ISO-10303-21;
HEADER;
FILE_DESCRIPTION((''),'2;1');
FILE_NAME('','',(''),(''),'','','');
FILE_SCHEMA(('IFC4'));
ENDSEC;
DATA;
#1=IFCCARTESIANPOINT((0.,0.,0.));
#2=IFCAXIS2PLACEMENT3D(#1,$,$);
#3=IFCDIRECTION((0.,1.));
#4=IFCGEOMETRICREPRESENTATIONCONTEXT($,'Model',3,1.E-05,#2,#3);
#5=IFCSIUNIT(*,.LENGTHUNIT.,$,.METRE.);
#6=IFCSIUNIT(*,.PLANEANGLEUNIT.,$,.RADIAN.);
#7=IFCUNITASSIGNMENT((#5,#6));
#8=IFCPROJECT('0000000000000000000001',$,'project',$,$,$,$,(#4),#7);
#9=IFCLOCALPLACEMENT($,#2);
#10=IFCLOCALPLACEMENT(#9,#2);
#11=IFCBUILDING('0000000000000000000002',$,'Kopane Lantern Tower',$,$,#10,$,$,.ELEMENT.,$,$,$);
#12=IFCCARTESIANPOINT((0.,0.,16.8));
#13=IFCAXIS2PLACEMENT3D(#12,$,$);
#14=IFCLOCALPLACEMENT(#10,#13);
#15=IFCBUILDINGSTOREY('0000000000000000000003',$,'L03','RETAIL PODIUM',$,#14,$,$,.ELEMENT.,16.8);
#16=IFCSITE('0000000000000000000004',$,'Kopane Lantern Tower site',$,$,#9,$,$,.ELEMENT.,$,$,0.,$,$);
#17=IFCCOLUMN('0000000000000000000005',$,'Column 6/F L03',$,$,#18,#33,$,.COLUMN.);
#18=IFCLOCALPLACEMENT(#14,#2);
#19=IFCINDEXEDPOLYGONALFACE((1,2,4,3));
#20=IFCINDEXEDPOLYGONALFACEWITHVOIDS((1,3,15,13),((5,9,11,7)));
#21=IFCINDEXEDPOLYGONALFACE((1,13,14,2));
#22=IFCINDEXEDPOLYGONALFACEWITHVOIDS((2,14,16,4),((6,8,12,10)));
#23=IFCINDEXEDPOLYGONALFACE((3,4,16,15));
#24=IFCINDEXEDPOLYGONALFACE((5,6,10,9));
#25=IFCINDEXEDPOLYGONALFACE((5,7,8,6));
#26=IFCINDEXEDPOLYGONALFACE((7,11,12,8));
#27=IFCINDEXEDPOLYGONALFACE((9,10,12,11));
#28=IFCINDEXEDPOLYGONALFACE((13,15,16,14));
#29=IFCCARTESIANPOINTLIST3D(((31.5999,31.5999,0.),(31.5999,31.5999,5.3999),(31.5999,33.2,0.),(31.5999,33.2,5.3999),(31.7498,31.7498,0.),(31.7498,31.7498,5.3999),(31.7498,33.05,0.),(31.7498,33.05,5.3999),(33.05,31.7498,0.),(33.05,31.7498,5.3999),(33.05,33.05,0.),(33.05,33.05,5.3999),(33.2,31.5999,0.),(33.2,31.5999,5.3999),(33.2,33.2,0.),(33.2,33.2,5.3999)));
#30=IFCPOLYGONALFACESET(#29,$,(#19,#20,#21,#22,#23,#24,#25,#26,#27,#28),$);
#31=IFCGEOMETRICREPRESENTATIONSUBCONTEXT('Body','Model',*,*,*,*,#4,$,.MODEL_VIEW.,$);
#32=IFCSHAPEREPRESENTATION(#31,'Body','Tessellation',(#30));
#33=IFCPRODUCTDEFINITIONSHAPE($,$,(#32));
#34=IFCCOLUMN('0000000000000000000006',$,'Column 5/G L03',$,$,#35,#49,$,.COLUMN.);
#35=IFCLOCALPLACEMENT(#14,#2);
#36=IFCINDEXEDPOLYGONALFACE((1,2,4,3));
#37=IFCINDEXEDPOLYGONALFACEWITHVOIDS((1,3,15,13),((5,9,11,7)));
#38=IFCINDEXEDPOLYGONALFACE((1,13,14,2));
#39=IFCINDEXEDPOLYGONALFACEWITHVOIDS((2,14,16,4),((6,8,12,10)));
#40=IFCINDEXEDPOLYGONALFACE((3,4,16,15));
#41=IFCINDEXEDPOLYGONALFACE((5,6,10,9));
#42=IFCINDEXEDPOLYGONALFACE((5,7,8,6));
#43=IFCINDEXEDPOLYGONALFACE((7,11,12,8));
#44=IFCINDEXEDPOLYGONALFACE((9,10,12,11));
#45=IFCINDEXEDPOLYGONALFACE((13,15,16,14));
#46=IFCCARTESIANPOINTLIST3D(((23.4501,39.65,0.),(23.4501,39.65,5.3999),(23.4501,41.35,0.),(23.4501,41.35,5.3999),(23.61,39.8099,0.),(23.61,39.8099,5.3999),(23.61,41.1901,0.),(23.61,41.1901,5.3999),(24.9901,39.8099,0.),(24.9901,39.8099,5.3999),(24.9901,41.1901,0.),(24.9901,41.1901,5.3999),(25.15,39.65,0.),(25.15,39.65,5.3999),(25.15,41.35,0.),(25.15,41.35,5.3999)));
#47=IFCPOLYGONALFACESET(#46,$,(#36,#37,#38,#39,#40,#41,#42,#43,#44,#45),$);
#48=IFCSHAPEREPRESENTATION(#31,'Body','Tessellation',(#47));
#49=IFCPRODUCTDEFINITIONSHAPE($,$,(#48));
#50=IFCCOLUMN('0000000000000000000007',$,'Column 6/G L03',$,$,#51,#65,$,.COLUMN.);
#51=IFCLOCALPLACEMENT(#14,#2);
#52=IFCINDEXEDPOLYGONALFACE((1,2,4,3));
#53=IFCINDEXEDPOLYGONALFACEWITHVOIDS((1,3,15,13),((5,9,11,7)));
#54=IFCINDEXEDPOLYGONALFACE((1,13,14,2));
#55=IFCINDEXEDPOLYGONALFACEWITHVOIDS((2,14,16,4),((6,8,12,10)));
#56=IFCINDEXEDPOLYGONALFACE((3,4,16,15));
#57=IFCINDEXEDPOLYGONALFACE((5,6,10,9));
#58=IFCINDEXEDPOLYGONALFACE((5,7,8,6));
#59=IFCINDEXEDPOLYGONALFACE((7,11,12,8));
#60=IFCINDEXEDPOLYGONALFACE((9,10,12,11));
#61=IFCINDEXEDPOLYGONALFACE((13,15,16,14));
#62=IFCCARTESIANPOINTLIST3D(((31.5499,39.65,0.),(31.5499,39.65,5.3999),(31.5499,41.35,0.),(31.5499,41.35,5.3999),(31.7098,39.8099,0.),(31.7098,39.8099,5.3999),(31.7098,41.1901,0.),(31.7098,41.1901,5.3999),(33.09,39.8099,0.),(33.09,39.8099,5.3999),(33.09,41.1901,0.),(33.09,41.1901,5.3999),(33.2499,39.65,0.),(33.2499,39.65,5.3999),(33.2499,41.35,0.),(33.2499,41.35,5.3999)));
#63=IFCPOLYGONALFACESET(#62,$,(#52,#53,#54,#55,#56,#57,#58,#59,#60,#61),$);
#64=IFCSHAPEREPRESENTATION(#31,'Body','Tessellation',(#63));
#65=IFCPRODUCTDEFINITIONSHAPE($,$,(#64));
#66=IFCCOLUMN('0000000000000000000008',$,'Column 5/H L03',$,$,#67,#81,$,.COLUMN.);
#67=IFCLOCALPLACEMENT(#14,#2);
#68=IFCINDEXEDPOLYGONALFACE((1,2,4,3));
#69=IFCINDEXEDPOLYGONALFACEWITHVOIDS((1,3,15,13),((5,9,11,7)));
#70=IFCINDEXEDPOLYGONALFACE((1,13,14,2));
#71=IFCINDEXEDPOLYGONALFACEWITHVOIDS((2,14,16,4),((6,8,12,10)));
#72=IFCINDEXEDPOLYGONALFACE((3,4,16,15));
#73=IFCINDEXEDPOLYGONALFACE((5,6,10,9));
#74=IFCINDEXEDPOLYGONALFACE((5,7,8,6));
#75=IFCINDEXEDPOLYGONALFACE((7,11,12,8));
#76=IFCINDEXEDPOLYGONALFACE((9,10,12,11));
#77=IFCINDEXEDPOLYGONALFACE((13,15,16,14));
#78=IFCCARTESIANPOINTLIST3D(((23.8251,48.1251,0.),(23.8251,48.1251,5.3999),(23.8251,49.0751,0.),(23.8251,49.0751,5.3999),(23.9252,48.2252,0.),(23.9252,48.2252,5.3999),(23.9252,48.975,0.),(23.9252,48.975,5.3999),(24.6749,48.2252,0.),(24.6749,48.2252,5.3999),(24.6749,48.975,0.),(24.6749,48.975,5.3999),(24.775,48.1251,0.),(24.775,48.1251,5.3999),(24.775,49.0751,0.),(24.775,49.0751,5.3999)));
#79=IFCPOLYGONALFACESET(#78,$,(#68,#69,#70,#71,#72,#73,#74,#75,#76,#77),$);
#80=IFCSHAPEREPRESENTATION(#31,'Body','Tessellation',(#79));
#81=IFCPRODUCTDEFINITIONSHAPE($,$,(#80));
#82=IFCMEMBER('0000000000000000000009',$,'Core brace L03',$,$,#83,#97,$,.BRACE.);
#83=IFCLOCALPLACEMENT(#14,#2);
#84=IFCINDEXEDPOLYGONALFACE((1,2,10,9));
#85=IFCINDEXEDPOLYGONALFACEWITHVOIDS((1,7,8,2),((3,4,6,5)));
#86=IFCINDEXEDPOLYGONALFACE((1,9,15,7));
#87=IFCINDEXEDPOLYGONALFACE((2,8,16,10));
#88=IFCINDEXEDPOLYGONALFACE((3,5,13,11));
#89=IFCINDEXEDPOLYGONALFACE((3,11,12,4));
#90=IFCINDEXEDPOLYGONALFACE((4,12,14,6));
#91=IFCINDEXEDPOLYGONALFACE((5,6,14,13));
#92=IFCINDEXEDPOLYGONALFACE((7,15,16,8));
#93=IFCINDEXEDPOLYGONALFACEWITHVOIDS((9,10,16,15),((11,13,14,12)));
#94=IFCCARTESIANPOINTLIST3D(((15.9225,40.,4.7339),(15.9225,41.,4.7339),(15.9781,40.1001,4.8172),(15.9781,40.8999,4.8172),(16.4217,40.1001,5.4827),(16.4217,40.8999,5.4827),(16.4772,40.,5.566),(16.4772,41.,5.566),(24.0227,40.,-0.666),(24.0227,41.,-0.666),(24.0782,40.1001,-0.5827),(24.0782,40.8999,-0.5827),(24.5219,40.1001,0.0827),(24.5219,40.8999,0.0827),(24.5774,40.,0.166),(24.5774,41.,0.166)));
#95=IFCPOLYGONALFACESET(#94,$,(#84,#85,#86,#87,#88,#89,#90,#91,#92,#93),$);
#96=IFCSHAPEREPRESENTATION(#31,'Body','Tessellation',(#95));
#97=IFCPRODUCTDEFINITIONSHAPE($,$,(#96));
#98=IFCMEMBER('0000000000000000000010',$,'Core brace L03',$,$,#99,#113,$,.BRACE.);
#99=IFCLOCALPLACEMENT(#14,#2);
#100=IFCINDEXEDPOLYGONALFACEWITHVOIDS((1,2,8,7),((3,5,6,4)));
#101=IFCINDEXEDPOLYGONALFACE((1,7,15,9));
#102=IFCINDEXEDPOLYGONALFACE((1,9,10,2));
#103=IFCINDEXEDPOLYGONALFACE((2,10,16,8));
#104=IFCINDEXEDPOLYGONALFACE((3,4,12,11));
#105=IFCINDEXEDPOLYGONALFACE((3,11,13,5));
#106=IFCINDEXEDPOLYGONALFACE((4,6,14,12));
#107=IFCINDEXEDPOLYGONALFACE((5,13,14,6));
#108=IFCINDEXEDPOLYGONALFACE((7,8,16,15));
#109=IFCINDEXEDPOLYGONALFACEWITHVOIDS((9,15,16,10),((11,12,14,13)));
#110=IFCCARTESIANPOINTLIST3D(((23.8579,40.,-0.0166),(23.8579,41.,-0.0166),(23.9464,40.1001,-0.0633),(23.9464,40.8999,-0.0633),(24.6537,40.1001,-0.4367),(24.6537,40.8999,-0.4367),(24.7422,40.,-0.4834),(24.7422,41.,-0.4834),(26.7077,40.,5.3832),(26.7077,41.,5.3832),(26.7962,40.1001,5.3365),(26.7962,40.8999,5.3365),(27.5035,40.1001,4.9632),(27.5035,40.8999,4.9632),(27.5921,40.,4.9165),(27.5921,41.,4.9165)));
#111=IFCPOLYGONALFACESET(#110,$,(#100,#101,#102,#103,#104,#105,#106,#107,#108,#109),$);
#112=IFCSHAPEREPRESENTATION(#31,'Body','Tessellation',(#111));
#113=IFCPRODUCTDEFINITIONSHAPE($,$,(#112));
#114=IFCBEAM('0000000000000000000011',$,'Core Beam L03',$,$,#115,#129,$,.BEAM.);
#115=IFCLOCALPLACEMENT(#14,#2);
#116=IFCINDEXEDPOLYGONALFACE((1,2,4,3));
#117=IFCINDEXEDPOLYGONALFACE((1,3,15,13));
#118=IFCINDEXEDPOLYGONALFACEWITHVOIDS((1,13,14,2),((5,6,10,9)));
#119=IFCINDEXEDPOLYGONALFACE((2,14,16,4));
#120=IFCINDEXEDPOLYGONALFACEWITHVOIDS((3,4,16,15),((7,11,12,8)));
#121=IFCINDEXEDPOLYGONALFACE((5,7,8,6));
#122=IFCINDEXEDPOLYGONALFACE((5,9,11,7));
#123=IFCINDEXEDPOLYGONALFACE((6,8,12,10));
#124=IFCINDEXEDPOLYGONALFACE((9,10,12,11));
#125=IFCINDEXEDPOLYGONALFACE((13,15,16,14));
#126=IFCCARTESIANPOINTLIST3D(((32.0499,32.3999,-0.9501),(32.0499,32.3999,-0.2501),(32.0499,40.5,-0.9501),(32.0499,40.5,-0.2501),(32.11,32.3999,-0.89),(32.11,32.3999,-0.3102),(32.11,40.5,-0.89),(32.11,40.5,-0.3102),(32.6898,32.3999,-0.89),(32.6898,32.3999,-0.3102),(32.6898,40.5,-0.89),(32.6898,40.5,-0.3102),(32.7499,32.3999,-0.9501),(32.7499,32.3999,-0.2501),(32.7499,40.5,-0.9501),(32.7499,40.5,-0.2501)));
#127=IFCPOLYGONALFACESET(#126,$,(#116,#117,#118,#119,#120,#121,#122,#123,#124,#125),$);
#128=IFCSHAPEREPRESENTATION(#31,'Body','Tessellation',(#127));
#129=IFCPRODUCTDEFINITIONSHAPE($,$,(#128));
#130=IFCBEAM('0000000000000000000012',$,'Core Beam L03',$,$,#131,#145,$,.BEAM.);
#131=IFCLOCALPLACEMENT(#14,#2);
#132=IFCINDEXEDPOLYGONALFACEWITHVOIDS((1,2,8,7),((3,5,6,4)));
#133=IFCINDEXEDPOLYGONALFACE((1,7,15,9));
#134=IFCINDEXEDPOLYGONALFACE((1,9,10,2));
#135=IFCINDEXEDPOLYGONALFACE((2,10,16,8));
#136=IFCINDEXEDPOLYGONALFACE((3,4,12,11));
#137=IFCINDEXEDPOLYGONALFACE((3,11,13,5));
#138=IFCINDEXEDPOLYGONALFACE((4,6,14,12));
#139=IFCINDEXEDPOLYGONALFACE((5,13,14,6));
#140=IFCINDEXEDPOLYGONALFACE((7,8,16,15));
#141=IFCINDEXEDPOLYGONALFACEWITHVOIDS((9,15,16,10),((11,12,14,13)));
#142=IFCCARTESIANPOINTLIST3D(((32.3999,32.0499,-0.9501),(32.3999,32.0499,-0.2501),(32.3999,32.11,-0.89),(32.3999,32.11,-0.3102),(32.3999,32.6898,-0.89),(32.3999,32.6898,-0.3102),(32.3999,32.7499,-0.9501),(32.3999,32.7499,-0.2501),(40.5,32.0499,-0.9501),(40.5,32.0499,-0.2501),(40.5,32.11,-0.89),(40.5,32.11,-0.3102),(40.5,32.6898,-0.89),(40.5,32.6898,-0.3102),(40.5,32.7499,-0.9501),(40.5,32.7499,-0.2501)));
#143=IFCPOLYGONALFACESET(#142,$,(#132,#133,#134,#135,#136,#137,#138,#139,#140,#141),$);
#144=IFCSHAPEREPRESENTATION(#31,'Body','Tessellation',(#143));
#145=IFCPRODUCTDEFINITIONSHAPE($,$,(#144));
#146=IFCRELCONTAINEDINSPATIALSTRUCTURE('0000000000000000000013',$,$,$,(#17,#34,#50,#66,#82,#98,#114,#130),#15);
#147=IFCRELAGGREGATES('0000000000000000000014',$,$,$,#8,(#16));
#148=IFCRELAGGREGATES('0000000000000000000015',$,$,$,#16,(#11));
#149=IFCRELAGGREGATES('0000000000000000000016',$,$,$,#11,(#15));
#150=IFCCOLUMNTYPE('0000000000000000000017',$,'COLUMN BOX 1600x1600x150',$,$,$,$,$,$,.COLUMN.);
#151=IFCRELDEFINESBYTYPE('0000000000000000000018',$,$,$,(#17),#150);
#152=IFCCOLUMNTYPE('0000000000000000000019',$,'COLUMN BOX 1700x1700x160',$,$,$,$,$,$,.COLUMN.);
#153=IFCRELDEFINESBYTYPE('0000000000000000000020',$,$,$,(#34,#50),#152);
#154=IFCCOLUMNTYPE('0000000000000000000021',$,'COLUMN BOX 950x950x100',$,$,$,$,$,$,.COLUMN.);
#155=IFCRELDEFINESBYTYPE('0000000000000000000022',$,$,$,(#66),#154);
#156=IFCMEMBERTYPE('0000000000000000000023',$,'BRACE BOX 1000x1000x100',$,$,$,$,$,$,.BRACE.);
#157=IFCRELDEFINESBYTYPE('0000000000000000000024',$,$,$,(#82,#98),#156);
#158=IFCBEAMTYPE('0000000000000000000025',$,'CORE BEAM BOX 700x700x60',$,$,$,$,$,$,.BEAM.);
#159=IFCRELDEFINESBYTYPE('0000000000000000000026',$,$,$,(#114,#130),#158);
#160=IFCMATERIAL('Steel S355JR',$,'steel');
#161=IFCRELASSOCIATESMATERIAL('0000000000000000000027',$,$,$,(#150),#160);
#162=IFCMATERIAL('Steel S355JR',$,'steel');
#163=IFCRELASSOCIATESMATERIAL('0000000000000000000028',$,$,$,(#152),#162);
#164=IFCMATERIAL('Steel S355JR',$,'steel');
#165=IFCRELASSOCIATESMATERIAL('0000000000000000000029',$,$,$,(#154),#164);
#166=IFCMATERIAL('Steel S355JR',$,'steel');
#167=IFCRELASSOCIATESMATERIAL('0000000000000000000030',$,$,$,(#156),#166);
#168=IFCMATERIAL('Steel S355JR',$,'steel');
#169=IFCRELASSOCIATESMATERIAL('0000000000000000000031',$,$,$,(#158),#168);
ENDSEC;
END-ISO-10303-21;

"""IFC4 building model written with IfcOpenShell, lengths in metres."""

from ifc_helpers import new_model, si_unit, direction, frame, origin, origin_2d, place, context, subcontext, project, spatial, hollow_rectangle, extrude, material, material_profile, profile_set, type_object, element, save


model = new_model("IFC4")

# Units and contexts
model_context = context("Model", 3, precision=1e-05, world=origin(), true_north=direction((0.0, 1.0)))
body_context = subcontext(model_context, "Body", "Model", "MODEL_VIEW")
ifc_project = project(units=[si_unit("LENGTHUNIT", "METRE"), si_unit("PLANEANGLEUNIT", "RADIAN")], contexts=[model_context])

# Site, building, storey
site_placement = place(None, origin())
site = spatial("IfcSite", under=ifc_project, at=site_placement, Name="Kopane Lantern Tower site", CompositionType="ELEMENT", RefElevation=0.0)
building_placement = place(site_placement, origin())
building = spatial("IfcBuilding", under=site, at=building_placement, Name="Kopane Lantern Tower", CompositionType="ELEMENT")
storey_placement = place(building_placement, frame((0.0, 0.0, 16.8)))
storey = spatial("IfcBuildingStorey", under=building, at=storey_placement, Name="L03", Description="RETAIL PODIUM", CompositionType="ELEMENT", Elevation=16.8)

# Columns
ifc_material_1 = material(Name="Steel S355JR", Category="steel")
ifc_material_profile_1 = material_profile(ifc_material_1, hollow_rectangle(XDim=1.6001, YDim=1.6001, WallThickness=0.1499, at=origin_2d()), Name="BOX 1600x1600x150")
ifc_profile_set_1 = profile_set([ifc_material_profile_1], Name="Steel S355JR")
column_type_1 = type_object("IfcColumnType", Name="COLUMN BOX 1600x1600x150", PredefinedType="COLUMN", material=ifc_profile_set_1)
column_1_placement = place(storey_placement, frame((32.3999, 32.3999, 0.0), z_axis=(0.0, 0.0, 1.0), x_axis=(1.0, 0.0, 0.0)))
element("IfcColumn", 1, at=column_1_placement, inside=storey, type_object=column_type_1, Name="Column 6/F L03", PredefinedType="COLUMN", context=body_context, shape_type="SweptSolid", body=[
    extrude(hollow_rectangle(XDim=1.6001, YDim=1.6001, WallThickness=0.1499, at=origin_2d()), origin(), (0.0, 0.0, 1.0), 5.3999),
])
ifc_material_2 = material(Name="Steel S355JR", Category="steel")
ifc_material_profile_2 = material_profile(ifc_material_2, hollow_rectangle(XDim=1.7, YDim=1.7, WallThickness=0.1599, at=origin_2d()), Name="BOX 1700x1700x160")
ifc_profile_set_2 = profile_set([ifc_material_profile_2], Name="Steel S355JR")
column_type_2 = type_object("IfcColumnType", Name="COLUMN BOX 1700x1700x160", PredefinedType="COLUMN", material=ifc_profile_set_2)
for number, where, z_axis, x_axis, name in (
    (2, (24.3, 40.5, 0.0), (0.0, 0.0, 1.0), (1.0, 0.0, 0.0), "Column 5/G L03"),
    (3, (32.3999, 40.5, 0.0), (0.0, 0.0, 1.0), (1.0, 0.0, 0.0), "Column 6/G L03"),
):
    element("IfcColumn", number, at=place(storey_placement, frame(where, z_axis=z_axis, x_axis=x_axis)), inside=storey, type_object=column_type_2, Name=name, PredefinedType="COLUMN", context=body_context, shape_type="SweptSolid", body=[
        extrude(hollow_rectangle(XDim=1.7, YDim=1.7, WallThickness=0.1599, at=origin_2d()), origin(), (0.0, 0.0, 1.0), 5.3999),
    ])
ifc_material_3 = material(Name="Steel S355JR", Category="steel")
ifc_material_profile_3 = material_profile(ifc_material_3, hollow_rectangle(XDim=0.95, YDim=0.95, WallThickness=0.1001, at=origin_2d()), Name="BOX 950x950x100")
ifc_profile_set_3 = profile_set([ifc_material_profile_3], Name="Steel S355JR")
column_type_3 = type_object("IfcColumnType", Name="COLUMN BOX 950x950x100", PredefinedType="COLUMN", material=ifc_profile_set_3)
column_2_placement = place(storey_placement, frame((24.3, 48.6001, 0.0), z_axis=(0.0, 0.0, 1.0), x_axis=(1.0, 0.0, 0.0)))
element("IfcColumn", 4, at=column_2_placement, inside=storey, type_object=column_type_3, Name="Column 5/H L03", PredefinedType="COLUMN", context=body_context, shape_type="SweptSolid", body=[
    extrude(hollow_rectangle(XDim=0.95, YDim=0.95, WallThickness=0.1001, at=origin_2d()), origin(), (0.0, 0.0, 1.0), 5.3999),
])

# Members
ifc_material_4 = material(Name="Steel S355JR", Category="steel")
ifc_material_profile_4 = material_profile(ifc_material_4, hollow_rectangle(XDim=1.0, YDim=1.0, WallThickness=0.1001, at=origin_2d()), Name="BOX 1000x1000x100")
ifc_profile_set_4 = profile_set([ifc_material_profile_4], Name="Steel S355JR")
member_type = type_object("IfcMemberType", Name="BRACE BOX 1000x1000x100", PredefinedType="BRACE", material=ifc_profile_set_4)
member_1_placement = place(storey_placement, frame((24.3, 40.5, -0.25), z_axis=(-0.832058, 0.0, 0.554689), x_axis=(0.0, -1.0, 0.0)))
element("IfcMember", 5, at=member_1_placement, inside=storey, type_object=member_type, Name="Core brace L03", PredefinedType="BRACE", context=body_context, shape_type="SweptSolid", body=[
    extrude(hollow_rectangle(XDim=1.0, YDim=1.0, WallThickness=0.1001, at=origin_2d()), origin(), (0.0, 0.0, 1.0), 9.7351),
])
member_2_placement = place(storey_placement, frame((24.3, 40.5, -0.25), z_axis=(0.466746, 0.0, 0.884391), x_axis=(0.0, 1.0, 0.0)))
element("IfcMember", 6, at=member_2_placement, inside=storey, type_object=member_type, Name="Core brace L03", PredefinedType="BRACE", context=body_context, shape_type="SweptSolid", body=[
    extrude(hollow_rectangle(XDim=1.0, YDim=1.0, WallThickness=0.1001, at=origin_2d()), origin(), (0.0, 0.0, 1.0), 6.1057),
])

# Beams
ifc_material_5 = material(Name="Steel S355JR", Category="steel")
ifc_material_profile_5 = material_profile(ifc_material_5, hollow_rectangle(XDim=0.7, YDim=0.7, WallThickness=0.0601, at=origin_2d()), Name="BOX 700x700x60")
ifc_profile_set_5 = profile_set([ifc_material_profile_5], Name="Steel S355JR")
beam_type_1 = type_object("IfcBeamType", Name="CORE BEAM BOX 700x700x60", PredefinedType="BEAM", material=ifc_profile_set_5)
for number, where, z_axis, x_axis, name in (
    (7, (32.3999, 32.3999, -0.6001), (0.0, 1.0, 0.0), (-1.0, 0.0, 0.0), "Core Beam L03"),
    (8, (32.3999, 32.3999, -0.6001), (1.0, 0.0, 0.0), (0.0, 1.0, 0.0), "Core Beam L03"),
):
    element("IfcBeam", number, at=place(storey_placement, frame(where, z_axis=z_axis, x_axis=x_axis)), inside=storey, type_object=beam_type_1, Name=name, PredefinedType="BEAM", context=body_context, shape_type="SweptSolid", body=[
        extrude(hollow_rectangle(XDim=0.7, YDim=0.7, WallThickness=0.0601, at=origin_2d()), origin(), (0.0, 0.0, 1.0), 8.1001),
    ])

save(model, "model.ifc")
